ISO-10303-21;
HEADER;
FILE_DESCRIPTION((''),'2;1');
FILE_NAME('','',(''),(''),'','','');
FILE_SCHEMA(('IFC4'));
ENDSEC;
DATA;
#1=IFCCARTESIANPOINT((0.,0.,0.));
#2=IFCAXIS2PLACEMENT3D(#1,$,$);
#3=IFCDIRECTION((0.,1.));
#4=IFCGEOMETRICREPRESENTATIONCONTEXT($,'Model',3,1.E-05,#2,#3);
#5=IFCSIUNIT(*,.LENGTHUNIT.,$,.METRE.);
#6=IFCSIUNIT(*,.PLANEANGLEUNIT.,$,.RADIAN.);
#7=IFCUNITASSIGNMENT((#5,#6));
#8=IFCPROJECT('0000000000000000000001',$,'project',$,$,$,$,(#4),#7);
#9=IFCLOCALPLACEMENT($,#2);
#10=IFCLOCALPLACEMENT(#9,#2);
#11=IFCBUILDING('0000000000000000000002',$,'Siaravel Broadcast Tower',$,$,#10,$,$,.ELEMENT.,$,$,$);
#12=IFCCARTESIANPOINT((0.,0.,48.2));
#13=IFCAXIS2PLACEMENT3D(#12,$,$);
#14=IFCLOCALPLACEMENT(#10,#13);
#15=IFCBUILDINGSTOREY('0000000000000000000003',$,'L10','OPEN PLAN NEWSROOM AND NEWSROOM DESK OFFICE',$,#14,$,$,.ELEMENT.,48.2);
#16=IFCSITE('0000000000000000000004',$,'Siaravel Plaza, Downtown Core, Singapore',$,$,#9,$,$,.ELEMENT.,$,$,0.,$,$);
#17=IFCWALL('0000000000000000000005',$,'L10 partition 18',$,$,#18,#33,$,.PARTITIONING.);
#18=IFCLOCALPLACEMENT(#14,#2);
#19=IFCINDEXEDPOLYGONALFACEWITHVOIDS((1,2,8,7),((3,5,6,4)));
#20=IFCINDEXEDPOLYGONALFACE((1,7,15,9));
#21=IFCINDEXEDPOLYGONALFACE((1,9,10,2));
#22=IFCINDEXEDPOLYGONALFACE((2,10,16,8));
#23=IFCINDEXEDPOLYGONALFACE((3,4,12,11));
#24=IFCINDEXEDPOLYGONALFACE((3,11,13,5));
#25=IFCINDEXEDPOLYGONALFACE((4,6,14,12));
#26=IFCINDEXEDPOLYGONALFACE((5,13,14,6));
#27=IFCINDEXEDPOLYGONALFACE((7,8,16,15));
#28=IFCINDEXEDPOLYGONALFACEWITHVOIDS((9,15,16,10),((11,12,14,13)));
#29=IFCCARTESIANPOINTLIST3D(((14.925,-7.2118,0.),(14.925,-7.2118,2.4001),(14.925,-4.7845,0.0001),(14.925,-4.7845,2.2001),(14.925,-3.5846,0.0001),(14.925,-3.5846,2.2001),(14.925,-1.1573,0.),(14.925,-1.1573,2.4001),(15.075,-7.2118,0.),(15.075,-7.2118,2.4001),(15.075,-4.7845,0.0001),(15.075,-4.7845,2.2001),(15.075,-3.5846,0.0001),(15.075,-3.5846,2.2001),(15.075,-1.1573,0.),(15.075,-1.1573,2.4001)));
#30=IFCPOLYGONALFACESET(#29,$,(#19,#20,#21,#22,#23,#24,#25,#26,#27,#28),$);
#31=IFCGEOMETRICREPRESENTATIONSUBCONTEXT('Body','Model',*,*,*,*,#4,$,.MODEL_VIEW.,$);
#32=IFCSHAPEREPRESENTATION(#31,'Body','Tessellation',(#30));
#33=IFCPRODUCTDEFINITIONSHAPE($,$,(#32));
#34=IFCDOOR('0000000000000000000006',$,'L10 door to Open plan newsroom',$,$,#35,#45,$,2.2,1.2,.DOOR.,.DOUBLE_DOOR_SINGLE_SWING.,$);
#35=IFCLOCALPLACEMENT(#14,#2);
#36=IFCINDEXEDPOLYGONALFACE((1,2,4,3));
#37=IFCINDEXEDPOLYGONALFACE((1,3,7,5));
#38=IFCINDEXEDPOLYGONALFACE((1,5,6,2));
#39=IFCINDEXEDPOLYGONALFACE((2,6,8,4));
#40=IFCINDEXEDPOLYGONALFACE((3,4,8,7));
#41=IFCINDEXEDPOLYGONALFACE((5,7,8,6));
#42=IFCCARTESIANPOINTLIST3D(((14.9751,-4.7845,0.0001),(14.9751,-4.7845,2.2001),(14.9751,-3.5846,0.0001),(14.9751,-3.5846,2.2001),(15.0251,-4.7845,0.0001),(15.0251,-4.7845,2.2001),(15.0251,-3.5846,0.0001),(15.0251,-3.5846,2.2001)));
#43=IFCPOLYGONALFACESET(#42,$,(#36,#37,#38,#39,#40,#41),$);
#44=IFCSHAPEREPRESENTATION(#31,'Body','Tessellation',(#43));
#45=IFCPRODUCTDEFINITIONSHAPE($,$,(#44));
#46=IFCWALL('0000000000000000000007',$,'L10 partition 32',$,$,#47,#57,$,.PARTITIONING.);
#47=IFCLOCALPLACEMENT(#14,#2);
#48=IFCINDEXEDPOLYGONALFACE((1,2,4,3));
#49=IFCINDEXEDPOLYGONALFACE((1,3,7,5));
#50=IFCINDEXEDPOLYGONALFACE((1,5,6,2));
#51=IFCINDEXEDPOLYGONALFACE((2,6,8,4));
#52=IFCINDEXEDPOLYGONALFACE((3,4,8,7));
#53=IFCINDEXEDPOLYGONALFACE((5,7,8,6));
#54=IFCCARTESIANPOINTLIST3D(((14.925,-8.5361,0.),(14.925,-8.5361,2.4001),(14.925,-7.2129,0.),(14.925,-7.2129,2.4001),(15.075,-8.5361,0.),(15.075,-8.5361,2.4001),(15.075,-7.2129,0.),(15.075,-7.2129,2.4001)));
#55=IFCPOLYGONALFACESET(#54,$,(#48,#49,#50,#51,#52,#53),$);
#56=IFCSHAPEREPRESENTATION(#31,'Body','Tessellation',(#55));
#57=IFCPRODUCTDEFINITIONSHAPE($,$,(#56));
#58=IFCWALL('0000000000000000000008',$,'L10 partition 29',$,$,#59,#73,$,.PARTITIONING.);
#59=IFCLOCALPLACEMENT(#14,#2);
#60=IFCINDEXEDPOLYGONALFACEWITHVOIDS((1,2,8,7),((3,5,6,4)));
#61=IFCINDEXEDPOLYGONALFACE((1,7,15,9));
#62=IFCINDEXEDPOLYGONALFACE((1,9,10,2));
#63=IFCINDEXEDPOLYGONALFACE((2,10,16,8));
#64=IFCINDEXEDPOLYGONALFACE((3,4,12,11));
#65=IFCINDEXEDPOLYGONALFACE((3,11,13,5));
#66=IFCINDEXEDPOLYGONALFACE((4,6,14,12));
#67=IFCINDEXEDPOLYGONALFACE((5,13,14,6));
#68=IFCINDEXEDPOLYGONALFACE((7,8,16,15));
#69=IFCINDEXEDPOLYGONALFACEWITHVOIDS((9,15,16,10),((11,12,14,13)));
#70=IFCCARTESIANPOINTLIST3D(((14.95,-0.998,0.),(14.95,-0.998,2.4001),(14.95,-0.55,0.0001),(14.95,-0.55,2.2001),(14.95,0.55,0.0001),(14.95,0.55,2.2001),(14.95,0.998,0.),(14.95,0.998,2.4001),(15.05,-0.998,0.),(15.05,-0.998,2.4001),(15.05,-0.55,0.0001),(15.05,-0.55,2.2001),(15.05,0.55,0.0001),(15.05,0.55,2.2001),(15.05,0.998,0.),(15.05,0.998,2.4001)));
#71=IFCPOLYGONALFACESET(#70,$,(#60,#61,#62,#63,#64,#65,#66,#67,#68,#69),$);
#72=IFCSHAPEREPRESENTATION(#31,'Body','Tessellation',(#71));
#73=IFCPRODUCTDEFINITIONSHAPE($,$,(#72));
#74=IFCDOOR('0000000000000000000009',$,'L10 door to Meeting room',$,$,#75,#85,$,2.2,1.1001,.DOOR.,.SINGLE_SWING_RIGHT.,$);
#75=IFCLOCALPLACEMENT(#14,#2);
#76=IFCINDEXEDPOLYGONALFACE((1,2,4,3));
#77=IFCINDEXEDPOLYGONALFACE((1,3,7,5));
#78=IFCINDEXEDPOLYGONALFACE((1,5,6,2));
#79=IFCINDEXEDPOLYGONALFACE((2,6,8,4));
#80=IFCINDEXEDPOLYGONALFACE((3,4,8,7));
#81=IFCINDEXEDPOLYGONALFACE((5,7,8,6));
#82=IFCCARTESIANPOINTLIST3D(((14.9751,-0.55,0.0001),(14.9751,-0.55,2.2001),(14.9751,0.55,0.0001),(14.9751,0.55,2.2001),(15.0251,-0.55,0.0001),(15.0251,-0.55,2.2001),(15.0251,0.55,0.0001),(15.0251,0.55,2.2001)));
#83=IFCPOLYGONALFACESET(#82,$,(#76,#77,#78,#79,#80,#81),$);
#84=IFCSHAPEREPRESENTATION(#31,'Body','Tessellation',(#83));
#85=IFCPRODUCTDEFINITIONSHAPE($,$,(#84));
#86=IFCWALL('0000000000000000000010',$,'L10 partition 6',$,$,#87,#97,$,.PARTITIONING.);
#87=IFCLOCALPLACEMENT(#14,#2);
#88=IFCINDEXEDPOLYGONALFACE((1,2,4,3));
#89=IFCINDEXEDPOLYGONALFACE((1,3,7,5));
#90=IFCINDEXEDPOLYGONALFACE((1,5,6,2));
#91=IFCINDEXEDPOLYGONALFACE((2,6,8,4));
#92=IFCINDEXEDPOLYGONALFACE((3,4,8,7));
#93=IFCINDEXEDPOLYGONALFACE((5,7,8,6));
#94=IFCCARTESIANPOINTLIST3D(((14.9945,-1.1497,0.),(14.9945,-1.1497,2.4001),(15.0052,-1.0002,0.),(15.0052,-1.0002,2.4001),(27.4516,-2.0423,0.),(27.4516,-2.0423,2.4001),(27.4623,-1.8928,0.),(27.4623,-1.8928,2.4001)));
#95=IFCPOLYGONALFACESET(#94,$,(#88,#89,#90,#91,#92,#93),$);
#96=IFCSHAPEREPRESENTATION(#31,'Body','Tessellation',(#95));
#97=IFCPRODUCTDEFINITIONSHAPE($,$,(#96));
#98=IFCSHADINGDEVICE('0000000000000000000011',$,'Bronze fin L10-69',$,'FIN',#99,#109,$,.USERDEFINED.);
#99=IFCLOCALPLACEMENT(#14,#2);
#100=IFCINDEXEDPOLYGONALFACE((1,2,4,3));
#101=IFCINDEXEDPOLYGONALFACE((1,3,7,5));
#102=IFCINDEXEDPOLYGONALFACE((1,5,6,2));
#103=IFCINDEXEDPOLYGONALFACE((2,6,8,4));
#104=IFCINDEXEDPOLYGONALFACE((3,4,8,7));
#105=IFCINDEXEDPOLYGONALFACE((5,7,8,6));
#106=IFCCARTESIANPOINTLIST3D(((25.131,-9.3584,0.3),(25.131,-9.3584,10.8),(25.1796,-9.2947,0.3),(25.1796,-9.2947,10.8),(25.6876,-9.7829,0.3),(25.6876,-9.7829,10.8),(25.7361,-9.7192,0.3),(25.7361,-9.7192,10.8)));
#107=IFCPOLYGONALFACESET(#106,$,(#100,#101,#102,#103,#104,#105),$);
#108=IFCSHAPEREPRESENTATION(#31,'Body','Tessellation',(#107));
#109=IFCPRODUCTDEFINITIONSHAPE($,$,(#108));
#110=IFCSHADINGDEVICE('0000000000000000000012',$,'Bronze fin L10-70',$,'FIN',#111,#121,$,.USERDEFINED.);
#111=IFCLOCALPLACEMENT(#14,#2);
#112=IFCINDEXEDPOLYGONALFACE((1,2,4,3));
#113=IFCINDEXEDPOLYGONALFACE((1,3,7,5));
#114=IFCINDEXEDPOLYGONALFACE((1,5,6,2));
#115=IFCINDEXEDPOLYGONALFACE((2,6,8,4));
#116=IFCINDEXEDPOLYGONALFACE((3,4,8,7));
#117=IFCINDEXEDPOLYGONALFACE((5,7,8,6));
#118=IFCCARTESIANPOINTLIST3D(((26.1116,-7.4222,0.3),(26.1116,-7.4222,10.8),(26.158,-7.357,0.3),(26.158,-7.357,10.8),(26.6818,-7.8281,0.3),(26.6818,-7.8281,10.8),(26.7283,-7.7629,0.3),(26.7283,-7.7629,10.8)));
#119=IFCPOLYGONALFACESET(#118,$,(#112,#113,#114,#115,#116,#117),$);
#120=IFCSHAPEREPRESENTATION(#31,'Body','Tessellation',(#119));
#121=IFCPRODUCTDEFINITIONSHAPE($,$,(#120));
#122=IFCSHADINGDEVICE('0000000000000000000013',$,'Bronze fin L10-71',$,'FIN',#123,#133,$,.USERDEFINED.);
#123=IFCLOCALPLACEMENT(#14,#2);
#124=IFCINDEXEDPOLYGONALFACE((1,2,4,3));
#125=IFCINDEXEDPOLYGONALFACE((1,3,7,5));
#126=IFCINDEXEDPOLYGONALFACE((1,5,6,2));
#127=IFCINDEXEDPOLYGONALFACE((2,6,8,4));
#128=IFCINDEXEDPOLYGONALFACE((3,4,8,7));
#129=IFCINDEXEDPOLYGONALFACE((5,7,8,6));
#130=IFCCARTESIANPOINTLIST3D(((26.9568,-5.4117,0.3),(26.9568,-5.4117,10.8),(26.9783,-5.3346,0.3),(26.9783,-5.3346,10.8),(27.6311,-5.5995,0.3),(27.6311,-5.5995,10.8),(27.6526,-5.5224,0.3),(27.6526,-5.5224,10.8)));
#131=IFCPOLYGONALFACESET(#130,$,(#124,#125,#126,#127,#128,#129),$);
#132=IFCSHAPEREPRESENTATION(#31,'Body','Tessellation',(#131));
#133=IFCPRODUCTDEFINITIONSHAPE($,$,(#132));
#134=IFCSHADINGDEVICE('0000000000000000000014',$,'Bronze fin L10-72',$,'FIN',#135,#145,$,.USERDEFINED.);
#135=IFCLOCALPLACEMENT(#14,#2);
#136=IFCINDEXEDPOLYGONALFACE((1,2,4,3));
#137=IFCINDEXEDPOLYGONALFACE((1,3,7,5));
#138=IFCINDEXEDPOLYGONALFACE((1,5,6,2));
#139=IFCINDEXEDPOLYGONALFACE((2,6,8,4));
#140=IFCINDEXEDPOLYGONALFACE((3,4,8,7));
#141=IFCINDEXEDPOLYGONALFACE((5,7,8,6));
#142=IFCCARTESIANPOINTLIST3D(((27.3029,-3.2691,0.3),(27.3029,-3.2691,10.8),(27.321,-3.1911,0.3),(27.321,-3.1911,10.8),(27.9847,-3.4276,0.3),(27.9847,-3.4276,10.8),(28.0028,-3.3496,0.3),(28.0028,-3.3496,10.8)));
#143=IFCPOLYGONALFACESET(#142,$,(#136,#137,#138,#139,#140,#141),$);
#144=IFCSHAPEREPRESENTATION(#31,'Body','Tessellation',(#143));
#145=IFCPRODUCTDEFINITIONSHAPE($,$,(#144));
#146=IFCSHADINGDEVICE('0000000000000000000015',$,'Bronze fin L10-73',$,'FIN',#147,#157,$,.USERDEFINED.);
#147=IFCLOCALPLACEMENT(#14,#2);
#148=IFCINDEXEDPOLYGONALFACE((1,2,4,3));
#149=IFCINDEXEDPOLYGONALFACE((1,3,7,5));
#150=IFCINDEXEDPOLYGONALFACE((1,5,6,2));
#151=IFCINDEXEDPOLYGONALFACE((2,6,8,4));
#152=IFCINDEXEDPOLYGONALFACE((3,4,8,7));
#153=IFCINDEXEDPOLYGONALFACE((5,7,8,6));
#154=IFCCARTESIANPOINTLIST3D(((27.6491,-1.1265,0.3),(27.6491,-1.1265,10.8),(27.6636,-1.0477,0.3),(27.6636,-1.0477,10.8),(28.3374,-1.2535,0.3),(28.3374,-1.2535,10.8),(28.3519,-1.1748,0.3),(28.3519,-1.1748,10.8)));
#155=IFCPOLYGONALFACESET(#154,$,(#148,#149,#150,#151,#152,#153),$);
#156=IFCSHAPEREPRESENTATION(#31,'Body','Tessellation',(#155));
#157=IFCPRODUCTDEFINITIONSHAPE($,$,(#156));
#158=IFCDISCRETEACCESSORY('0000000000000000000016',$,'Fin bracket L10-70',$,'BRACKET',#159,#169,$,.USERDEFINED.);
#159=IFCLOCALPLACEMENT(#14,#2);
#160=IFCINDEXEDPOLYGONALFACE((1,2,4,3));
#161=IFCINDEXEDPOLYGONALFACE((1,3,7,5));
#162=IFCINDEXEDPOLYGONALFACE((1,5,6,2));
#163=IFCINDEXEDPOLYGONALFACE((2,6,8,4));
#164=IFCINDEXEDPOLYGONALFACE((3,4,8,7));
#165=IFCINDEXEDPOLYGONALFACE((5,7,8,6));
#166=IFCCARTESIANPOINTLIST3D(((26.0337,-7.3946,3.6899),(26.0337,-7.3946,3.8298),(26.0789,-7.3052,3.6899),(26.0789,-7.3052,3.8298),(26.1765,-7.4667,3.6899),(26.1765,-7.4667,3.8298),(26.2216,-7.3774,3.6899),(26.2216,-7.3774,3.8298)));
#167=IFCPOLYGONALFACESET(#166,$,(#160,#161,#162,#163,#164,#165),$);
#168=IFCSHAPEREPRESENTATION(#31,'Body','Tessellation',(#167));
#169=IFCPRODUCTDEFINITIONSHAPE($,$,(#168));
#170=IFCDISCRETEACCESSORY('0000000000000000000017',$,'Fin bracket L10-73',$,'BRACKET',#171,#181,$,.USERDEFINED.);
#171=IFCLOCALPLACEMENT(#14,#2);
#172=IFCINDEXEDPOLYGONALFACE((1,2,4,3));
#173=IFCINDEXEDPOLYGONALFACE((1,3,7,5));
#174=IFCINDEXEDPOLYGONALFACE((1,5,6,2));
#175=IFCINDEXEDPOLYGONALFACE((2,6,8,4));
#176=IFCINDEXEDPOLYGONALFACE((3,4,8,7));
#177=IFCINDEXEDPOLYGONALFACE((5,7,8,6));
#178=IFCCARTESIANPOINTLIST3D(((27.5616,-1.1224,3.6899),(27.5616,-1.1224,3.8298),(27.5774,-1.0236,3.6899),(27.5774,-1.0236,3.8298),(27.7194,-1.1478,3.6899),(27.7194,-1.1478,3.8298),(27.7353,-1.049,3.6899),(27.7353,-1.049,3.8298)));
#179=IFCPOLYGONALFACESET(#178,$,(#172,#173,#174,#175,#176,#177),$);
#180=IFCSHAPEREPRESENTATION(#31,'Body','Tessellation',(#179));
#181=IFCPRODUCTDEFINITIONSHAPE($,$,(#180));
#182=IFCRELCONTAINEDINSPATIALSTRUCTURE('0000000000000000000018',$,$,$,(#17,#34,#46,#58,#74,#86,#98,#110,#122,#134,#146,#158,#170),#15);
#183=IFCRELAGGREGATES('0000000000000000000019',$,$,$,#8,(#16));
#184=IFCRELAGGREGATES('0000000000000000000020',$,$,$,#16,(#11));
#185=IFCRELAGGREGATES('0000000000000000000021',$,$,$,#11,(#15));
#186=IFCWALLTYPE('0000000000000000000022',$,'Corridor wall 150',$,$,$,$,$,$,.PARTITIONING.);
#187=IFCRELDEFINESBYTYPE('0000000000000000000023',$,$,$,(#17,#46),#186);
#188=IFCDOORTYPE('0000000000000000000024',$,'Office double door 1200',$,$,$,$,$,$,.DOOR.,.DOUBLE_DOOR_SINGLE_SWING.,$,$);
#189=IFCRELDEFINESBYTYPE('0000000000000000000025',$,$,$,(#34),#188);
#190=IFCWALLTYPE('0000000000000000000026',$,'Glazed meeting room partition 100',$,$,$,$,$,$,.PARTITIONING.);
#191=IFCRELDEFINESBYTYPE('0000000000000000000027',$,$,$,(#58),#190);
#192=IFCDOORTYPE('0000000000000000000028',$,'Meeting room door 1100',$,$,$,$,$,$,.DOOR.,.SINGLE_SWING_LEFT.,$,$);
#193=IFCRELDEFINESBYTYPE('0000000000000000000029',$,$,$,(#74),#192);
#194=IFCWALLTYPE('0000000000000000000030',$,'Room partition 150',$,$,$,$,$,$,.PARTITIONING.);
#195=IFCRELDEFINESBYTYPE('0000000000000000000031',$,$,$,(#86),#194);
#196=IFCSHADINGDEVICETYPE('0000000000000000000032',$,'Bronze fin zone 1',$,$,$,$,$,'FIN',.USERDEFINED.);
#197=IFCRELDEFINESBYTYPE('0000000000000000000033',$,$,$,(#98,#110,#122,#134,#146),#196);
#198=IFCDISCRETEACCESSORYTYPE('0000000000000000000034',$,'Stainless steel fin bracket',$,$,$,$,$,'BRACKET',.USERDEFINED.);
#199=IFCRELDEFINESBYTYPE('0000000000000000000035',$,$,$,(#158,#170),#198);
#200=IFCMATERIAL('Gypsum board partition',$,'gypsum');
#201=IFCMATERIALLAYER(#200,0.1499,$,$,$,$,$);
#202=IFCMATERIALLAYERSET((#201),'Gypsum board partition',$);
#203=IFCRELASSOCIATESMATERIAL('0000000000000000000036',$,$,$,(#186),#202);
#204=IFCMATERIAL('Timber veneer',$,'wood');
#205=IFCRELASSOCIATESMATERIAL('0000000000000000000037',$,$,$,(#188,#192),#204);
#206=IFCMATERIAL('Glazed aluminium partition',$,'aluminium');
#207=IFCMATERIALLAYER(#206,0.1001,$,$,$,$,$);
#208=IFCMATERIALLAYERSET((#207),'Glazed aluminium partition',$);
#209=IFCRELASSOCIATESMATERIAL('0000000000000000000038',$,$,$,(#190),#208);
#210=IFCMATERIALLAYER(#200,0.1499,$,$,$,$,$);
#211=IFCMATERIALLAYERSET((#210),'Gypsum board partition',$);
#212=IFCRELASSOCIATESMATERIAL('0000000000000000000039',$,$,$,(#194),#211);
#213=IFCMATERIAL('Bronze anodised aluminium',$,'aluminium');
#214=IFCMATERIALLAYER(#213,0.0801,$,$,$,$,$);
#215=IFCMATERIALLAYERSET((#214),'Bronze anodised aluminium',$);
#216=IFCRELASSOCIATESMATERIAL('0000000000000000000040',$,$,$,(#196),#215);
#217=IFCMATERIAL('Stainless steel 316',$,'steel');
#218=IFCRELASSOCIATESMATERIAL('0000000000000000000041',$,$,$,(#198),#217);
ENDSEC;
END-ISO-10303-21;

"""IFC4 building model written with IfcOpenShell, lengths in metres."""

from ifc_helpers import new_model, si_unit, direction, frame, frame_2d, origin, origin_2d, place, context, subcontext, project, spatial, rectangle, extrude, material, layer, layer_set, type_object, element, fill, save


model = new_model("IFC4")

# Units and contexts
model_context = context("Model", 3, precision=1e-05, world=origin(), true_north=direction((0.0, 1.0)))
body_context = subcontext(model_context, "Body", "Model", "MODEL_VIEW")
ifc_project = project(units=[si_unit("LENGTHUNIT", "METRE"), si_unit("PLANEANGLEUNIT", "RADIAN")], contexts=[model_context])

# Site, building, storey
site_placement = place(None, origin())
site = spatial("IfcSite", under=ifc_project, at=site_placement, Name="Siaravel Plaza, Downtown Core, Singapore", CompositionType="ELEMENT", RefElevation=0.0)
building_placement = place(site_placement, origin())
building = spatial("IfcBuilding", under=site, at=building_placement, Name="Siaravel Broadcast Tower", CompositionType="ELEMENT")
storey_placement = place(building_placement, frame((0.0, 0.0, 48.2)))
storey = spatial("IfcBuildingStorey", under=building, at=storey_placement, Name="L10", Description="OPEN PLAN NEWSROOM AND NEWSROOM DESK OFFICE", CompositionType="ELEMENT", Elevation=48.2)

# Wall, opening, door
ifc_material_1 = material(Name="Gypsum board partition", Category="gypsum")
ifc_layer_1 = layer(ifc_material_1, 0.1499)
ifc_layer_set_1 = layer_set([ifc_layer_1], Name="Gypsum board partition")
wall_type_1 = type_object("IfcWallType", Name="Corridor wall 150", PredefinedType="PARTITIONING", material=ifc_layer_set_1)
wall_1_placement = place(storey_placement, frame((15.0, -7.2119, 0.0), z_axis=(0.0, 0.0, 1.0), x_axis=(0.0, 1.0, 0.0)))
wall_1 = element("IfcWall", 1, at=wall_1_placement, inside=storey, type_object=wall_type_1, Name="L10 partition 18", PredefinedType="PARTITIONING", context=body_context, shape_type="SweptSolid", body=[
    extrude(rectangle(XDim=6.0544, YDim=0.1499, at=frame_2d((3.0273, 0.0))), origin(), (0.0, 0.0, 1.0), 2.4001),
])
opening_1_placement = place(wall_1_placement, frame((2.4272, 0.0, 0.0)))
opening_1 = element("IfcOpeningElement", 2, at=opening_1_placement, cuts=wall_1, PredefinedType="OPENING", context=body_context, shape_type="SweptSolid", body=[
    extrude(rectangle(XDim=1.2, YDim=2.2, at=frame_2d((0.6001, 1.1001))), frame((0.0, 0.085, 0.0), z_axis=(0.0, -1.0, 0.0), x_axis=(1.0, 0.0, 0.0)), (0.0, 0.0, 1.0), 0.1699),
])
ifc_material_2 = material(Name="Timber veneer", Category="wood")
door_type_1 = type_object("IfcDoorType", Name="Office double door 1200", OperationType="DOUBLE_DOOR_SINGLE_SWING", PredefinedType="DOOR", material=ifc_material_2)
door_1_placement = place(opening_1_placement, origin())
door_1 = element("IfcDoor", 3, at=door_1_placement, inside=storey, type_object=door_type_1, Name="L10 door to Open plan newsroom", OperationType="DOUBLE_DOOR_SINGLE_SWING", OverallHeight=2.2, OverallWidth=1.2, PredefinedType="DOOR", context=body_context, shape_type="SweptSolid", body=[
    extrude(rectangle(XDim=1.2, YDim=2.2, at=frame_2d((0.6001, 1.1001))), frame((0.0, 0.0249, 0.0), z_axis=(0.0, -1.0, 0.0), x_axis=(1.0, 0.0, 0.0)), (0.0, 0.0, 1.0), 0.05),
])
fill(opening_1, door_1)

# Wall
wall_2_placement = place(storey_placement, frame((15.0, -8.5361, 0.0), z_axis=(0.0, 0.0, 1.0), x_axis=(0.0, 1.0, 0.0)))
element("IfcWall", 4, at=wall_2_placement, inside=storey, type_object=wall_type_1, Name="L10 partition 32", PredefinedType="PARTITIONING", context=body_context, shape_type="SweptSolid", body=[
    extrude(rectangle(XDim=1.3232, YDim=0.1499, at=frame_2d((0.6616, 0.0))), origin(), (0.0, 0.0, 1.0), 2.4001),
])

# Wall, opening, door
ifc_material_3 = material(Name="Glazed aluminium partition", Category="aluminium")
ifc_layer_2 = layer(ifc_material_3, 0.1001)
ifc_layer_set_2 = layer_set([ifc_layer_2], Name="Glazed aluminium partition")
wall_type_2 = type_object("IfcWallType", Name="Glazed meeting room partition 100", PredefinedType="PARTITIONING", material=ifc_layer_set_2)
wall_3_placement = place(storey_placement, frame((15.0, -0.998, 0.0), z_axis=(0.0, 0.0, 1.0), x_axis=(0.0, 1.0, 0.0)))
wall_3 = element("IfcWall", 5, at=wall_3_placement, inside=storey, type_object=wall_type_2, Name="L10 partition 29", PredefinedType="PARTITIONING", context=body_context, shape_type="SweptSolid", body=[
    extrude(rectangle(XDim=1.9961, YDim=0.1001, at=frame_2d((0.998, 0.0))), origin(), (0.0, 0.0, 1.0), 2.4001),
])
opening_2_placement = place(wall_3_placement, frame((0.448, 0.0, 0.0)))
opening_2 = element("IfcOpeningElement", 6, at=opening_2_placement, cuts=wall_3, PredefinedType="OPENING", context=body_context, shape_type="SweptSolid", body=[
    extrude(rectangle(XDim=1.1001, YDim=2.2, at=frame_2d((0.55, 1.1001))), frame((0.0, 0.0601, 0.0), z_axis=(0.0, -1.0, 0.0), x_axis=(1.0, 0.0, 0.0)), (0.0, 0.0, 1.0), 0.1201),
])
door_type_2 = type_object("IfcDoorType", Name="Meeting room door 1100", OperationType="SINGLE_SWING_LEFT", PredefinedType="DOOR", material=ifc_material_2)
door_2_placement = place(opening_2_placement, origin())
door_2 = element("IfcDoor", 7, at=door_2_placement, inside=storey, type_object=door_type_2, Name="L10 door to Meeting room", OperationType="SINGLE_SWING_RIGHT", OverallHeight=2.2, OverallWidth=1.1001, PredefinedType="DOOR", context=body_context, shape_type="SweptSolid", body=[
    extrude(rectangle(XDim=1.1001, YDim=2.2, at=frame_2d((0.55, 1.1001))), frame((0.0, 0.0249, 0.0), z_axis=(0.0, -1.0, 0.0), x_axis=(1.0, 0.0, 0.0)), (0.0, 0.0, 1.0), 0.05),
])
fill(opening_2, door_2)

# Wall
ifc_layer_3 = layer(ifc_material_1, 0.1499)
ifc_layer_set_3 = layer_set([ifc_layer_3], Name="Gypsum board partition")
wall_type_3 = type_object("IfcWallType", Name="Room partition 150", PredefinedType="PARTITIONING", material=ifc_layer_set_3)
wall_4_placement = place(storey_placement, frame((27.457, -1.9675, 0.0), z_axis=(0.0, 0.0, 1.0), x_axis=(-0.997443, 0.071469, 0.0)))
element("IfcWall", 8, at=wall_4_placement, inside=storey, type_object=wall_type_3, Name="L10 partition 6", PredefinedType="PARTITIONING", context=body_context, shape_type="SweptSolid", body=[
    extrude(rectangle(XDim=12.489, YDim=0.1499, at=frame_2d((6.2446, 0.0))), origin(), (0.0, 0.0, 1.0), 2.4001),
])

# Shading devices
ifc_material_4 = material(Name="Bronze anodised aluminium", Category="aluminium")
ifc_layer_4 = layer(ifc_material_4, 0.0801)
ifc_layer_set_4 = layer_set([ifc_layer_4], Name="Bronze anodised aluminium")
shading_device_type = type_object("IfcShadingDeviceType", Name="Bronze fin zone 1", ElementType="FIN", PredefinedType="USERDEFINED", material=ifc_layer_set_4)
for number, where, z_axis, x_axis, name in (
    (9, (25.4336, -9.5388, 0.3), (0.0, 0.0, 1.0), (0.795108, -0.606467, 0.0), "Bronze fin L10-69"),
    (10, (26.4199, -7.5925, 0.3), (0.0, 0.0, 1.0), (0.814695, -0.57989, 0.0), "Bronze fin L10-70"),
    (11, (27.3047, -5.467, 0.3), (0.0, 0.0, 1.0), (0.963326, -0.268333, 0.0), "Bronze fin L10-71"),
    (12, (27.6528, -3.3093, 0.3), (0.0, 0.0, 1.0), (0.974031, -0.226413, 0.0), "Bronze fin L10-72"),
    (13, (28.0005, -1.1506, 0.3), (0.0, 0.0, 1.0), (0.983392, -0.181492, 0.0), "Bronze fin L10-73"),
):
    element("IfcShadingDevice", number, at=place(storey_placement, frame(where, z_axis=z_axis, x_axis=x_axis)), inside=storey, type_object=shading_device_type, Name=name, ObjectType="FIN", PredefinedType="USERDEFINED", context=body_context, shape_type="SweptSolid", body=[
        extrude(rectangle(XDim=0.7, YDim=0.0801, at=origin_2d()), origin(), (0.0, 0.0, 1.0), 10.5),
    ])

# Discrete accessories
ifc_material_5 = material(Name="Stainless steel 316", Category="steel")
discrete_accessory_type_1 = type_object("IfcDiscreteAccessoryType", Name="Stainless steel fin bracket", ElementType="BRACKET", PredefinedType="USERDEFINED", material=ifc_material_5)
for number, where, z_axis, x_axis, name in (
    (14, (26.1277, -7.386, 3.6899), (0.0, 0.0, 1.0), (0.892392, -0.451261, 0.0), "Fin bracket L10-70"),
    (15, (27.6484, -1.0857, 3.6899), (0.0, 0.0, 1.0), (0.987329, -0.158685, 0.0), "Fin bracket L10-73"),
):
    element("IfcDiscreteAccessory", number, at=place(storey_placement, frame(where, z_axis=z_axis, x_axis=x_axis)), inside=storey, type_object=discrete_accessory_type_1, Name=name, ObjectType="BRACKET", PredefinedType="USERDEFINED", context=body_context, shape_type="SweptSolid", body=[
        extrude(rectangle(XDim=0.1599, YDim=0.1001, at=origin_2d()), origin(), (0.0, 0.0, 1.0), 0.1399),
    ])

save(model, "model.ifc")
